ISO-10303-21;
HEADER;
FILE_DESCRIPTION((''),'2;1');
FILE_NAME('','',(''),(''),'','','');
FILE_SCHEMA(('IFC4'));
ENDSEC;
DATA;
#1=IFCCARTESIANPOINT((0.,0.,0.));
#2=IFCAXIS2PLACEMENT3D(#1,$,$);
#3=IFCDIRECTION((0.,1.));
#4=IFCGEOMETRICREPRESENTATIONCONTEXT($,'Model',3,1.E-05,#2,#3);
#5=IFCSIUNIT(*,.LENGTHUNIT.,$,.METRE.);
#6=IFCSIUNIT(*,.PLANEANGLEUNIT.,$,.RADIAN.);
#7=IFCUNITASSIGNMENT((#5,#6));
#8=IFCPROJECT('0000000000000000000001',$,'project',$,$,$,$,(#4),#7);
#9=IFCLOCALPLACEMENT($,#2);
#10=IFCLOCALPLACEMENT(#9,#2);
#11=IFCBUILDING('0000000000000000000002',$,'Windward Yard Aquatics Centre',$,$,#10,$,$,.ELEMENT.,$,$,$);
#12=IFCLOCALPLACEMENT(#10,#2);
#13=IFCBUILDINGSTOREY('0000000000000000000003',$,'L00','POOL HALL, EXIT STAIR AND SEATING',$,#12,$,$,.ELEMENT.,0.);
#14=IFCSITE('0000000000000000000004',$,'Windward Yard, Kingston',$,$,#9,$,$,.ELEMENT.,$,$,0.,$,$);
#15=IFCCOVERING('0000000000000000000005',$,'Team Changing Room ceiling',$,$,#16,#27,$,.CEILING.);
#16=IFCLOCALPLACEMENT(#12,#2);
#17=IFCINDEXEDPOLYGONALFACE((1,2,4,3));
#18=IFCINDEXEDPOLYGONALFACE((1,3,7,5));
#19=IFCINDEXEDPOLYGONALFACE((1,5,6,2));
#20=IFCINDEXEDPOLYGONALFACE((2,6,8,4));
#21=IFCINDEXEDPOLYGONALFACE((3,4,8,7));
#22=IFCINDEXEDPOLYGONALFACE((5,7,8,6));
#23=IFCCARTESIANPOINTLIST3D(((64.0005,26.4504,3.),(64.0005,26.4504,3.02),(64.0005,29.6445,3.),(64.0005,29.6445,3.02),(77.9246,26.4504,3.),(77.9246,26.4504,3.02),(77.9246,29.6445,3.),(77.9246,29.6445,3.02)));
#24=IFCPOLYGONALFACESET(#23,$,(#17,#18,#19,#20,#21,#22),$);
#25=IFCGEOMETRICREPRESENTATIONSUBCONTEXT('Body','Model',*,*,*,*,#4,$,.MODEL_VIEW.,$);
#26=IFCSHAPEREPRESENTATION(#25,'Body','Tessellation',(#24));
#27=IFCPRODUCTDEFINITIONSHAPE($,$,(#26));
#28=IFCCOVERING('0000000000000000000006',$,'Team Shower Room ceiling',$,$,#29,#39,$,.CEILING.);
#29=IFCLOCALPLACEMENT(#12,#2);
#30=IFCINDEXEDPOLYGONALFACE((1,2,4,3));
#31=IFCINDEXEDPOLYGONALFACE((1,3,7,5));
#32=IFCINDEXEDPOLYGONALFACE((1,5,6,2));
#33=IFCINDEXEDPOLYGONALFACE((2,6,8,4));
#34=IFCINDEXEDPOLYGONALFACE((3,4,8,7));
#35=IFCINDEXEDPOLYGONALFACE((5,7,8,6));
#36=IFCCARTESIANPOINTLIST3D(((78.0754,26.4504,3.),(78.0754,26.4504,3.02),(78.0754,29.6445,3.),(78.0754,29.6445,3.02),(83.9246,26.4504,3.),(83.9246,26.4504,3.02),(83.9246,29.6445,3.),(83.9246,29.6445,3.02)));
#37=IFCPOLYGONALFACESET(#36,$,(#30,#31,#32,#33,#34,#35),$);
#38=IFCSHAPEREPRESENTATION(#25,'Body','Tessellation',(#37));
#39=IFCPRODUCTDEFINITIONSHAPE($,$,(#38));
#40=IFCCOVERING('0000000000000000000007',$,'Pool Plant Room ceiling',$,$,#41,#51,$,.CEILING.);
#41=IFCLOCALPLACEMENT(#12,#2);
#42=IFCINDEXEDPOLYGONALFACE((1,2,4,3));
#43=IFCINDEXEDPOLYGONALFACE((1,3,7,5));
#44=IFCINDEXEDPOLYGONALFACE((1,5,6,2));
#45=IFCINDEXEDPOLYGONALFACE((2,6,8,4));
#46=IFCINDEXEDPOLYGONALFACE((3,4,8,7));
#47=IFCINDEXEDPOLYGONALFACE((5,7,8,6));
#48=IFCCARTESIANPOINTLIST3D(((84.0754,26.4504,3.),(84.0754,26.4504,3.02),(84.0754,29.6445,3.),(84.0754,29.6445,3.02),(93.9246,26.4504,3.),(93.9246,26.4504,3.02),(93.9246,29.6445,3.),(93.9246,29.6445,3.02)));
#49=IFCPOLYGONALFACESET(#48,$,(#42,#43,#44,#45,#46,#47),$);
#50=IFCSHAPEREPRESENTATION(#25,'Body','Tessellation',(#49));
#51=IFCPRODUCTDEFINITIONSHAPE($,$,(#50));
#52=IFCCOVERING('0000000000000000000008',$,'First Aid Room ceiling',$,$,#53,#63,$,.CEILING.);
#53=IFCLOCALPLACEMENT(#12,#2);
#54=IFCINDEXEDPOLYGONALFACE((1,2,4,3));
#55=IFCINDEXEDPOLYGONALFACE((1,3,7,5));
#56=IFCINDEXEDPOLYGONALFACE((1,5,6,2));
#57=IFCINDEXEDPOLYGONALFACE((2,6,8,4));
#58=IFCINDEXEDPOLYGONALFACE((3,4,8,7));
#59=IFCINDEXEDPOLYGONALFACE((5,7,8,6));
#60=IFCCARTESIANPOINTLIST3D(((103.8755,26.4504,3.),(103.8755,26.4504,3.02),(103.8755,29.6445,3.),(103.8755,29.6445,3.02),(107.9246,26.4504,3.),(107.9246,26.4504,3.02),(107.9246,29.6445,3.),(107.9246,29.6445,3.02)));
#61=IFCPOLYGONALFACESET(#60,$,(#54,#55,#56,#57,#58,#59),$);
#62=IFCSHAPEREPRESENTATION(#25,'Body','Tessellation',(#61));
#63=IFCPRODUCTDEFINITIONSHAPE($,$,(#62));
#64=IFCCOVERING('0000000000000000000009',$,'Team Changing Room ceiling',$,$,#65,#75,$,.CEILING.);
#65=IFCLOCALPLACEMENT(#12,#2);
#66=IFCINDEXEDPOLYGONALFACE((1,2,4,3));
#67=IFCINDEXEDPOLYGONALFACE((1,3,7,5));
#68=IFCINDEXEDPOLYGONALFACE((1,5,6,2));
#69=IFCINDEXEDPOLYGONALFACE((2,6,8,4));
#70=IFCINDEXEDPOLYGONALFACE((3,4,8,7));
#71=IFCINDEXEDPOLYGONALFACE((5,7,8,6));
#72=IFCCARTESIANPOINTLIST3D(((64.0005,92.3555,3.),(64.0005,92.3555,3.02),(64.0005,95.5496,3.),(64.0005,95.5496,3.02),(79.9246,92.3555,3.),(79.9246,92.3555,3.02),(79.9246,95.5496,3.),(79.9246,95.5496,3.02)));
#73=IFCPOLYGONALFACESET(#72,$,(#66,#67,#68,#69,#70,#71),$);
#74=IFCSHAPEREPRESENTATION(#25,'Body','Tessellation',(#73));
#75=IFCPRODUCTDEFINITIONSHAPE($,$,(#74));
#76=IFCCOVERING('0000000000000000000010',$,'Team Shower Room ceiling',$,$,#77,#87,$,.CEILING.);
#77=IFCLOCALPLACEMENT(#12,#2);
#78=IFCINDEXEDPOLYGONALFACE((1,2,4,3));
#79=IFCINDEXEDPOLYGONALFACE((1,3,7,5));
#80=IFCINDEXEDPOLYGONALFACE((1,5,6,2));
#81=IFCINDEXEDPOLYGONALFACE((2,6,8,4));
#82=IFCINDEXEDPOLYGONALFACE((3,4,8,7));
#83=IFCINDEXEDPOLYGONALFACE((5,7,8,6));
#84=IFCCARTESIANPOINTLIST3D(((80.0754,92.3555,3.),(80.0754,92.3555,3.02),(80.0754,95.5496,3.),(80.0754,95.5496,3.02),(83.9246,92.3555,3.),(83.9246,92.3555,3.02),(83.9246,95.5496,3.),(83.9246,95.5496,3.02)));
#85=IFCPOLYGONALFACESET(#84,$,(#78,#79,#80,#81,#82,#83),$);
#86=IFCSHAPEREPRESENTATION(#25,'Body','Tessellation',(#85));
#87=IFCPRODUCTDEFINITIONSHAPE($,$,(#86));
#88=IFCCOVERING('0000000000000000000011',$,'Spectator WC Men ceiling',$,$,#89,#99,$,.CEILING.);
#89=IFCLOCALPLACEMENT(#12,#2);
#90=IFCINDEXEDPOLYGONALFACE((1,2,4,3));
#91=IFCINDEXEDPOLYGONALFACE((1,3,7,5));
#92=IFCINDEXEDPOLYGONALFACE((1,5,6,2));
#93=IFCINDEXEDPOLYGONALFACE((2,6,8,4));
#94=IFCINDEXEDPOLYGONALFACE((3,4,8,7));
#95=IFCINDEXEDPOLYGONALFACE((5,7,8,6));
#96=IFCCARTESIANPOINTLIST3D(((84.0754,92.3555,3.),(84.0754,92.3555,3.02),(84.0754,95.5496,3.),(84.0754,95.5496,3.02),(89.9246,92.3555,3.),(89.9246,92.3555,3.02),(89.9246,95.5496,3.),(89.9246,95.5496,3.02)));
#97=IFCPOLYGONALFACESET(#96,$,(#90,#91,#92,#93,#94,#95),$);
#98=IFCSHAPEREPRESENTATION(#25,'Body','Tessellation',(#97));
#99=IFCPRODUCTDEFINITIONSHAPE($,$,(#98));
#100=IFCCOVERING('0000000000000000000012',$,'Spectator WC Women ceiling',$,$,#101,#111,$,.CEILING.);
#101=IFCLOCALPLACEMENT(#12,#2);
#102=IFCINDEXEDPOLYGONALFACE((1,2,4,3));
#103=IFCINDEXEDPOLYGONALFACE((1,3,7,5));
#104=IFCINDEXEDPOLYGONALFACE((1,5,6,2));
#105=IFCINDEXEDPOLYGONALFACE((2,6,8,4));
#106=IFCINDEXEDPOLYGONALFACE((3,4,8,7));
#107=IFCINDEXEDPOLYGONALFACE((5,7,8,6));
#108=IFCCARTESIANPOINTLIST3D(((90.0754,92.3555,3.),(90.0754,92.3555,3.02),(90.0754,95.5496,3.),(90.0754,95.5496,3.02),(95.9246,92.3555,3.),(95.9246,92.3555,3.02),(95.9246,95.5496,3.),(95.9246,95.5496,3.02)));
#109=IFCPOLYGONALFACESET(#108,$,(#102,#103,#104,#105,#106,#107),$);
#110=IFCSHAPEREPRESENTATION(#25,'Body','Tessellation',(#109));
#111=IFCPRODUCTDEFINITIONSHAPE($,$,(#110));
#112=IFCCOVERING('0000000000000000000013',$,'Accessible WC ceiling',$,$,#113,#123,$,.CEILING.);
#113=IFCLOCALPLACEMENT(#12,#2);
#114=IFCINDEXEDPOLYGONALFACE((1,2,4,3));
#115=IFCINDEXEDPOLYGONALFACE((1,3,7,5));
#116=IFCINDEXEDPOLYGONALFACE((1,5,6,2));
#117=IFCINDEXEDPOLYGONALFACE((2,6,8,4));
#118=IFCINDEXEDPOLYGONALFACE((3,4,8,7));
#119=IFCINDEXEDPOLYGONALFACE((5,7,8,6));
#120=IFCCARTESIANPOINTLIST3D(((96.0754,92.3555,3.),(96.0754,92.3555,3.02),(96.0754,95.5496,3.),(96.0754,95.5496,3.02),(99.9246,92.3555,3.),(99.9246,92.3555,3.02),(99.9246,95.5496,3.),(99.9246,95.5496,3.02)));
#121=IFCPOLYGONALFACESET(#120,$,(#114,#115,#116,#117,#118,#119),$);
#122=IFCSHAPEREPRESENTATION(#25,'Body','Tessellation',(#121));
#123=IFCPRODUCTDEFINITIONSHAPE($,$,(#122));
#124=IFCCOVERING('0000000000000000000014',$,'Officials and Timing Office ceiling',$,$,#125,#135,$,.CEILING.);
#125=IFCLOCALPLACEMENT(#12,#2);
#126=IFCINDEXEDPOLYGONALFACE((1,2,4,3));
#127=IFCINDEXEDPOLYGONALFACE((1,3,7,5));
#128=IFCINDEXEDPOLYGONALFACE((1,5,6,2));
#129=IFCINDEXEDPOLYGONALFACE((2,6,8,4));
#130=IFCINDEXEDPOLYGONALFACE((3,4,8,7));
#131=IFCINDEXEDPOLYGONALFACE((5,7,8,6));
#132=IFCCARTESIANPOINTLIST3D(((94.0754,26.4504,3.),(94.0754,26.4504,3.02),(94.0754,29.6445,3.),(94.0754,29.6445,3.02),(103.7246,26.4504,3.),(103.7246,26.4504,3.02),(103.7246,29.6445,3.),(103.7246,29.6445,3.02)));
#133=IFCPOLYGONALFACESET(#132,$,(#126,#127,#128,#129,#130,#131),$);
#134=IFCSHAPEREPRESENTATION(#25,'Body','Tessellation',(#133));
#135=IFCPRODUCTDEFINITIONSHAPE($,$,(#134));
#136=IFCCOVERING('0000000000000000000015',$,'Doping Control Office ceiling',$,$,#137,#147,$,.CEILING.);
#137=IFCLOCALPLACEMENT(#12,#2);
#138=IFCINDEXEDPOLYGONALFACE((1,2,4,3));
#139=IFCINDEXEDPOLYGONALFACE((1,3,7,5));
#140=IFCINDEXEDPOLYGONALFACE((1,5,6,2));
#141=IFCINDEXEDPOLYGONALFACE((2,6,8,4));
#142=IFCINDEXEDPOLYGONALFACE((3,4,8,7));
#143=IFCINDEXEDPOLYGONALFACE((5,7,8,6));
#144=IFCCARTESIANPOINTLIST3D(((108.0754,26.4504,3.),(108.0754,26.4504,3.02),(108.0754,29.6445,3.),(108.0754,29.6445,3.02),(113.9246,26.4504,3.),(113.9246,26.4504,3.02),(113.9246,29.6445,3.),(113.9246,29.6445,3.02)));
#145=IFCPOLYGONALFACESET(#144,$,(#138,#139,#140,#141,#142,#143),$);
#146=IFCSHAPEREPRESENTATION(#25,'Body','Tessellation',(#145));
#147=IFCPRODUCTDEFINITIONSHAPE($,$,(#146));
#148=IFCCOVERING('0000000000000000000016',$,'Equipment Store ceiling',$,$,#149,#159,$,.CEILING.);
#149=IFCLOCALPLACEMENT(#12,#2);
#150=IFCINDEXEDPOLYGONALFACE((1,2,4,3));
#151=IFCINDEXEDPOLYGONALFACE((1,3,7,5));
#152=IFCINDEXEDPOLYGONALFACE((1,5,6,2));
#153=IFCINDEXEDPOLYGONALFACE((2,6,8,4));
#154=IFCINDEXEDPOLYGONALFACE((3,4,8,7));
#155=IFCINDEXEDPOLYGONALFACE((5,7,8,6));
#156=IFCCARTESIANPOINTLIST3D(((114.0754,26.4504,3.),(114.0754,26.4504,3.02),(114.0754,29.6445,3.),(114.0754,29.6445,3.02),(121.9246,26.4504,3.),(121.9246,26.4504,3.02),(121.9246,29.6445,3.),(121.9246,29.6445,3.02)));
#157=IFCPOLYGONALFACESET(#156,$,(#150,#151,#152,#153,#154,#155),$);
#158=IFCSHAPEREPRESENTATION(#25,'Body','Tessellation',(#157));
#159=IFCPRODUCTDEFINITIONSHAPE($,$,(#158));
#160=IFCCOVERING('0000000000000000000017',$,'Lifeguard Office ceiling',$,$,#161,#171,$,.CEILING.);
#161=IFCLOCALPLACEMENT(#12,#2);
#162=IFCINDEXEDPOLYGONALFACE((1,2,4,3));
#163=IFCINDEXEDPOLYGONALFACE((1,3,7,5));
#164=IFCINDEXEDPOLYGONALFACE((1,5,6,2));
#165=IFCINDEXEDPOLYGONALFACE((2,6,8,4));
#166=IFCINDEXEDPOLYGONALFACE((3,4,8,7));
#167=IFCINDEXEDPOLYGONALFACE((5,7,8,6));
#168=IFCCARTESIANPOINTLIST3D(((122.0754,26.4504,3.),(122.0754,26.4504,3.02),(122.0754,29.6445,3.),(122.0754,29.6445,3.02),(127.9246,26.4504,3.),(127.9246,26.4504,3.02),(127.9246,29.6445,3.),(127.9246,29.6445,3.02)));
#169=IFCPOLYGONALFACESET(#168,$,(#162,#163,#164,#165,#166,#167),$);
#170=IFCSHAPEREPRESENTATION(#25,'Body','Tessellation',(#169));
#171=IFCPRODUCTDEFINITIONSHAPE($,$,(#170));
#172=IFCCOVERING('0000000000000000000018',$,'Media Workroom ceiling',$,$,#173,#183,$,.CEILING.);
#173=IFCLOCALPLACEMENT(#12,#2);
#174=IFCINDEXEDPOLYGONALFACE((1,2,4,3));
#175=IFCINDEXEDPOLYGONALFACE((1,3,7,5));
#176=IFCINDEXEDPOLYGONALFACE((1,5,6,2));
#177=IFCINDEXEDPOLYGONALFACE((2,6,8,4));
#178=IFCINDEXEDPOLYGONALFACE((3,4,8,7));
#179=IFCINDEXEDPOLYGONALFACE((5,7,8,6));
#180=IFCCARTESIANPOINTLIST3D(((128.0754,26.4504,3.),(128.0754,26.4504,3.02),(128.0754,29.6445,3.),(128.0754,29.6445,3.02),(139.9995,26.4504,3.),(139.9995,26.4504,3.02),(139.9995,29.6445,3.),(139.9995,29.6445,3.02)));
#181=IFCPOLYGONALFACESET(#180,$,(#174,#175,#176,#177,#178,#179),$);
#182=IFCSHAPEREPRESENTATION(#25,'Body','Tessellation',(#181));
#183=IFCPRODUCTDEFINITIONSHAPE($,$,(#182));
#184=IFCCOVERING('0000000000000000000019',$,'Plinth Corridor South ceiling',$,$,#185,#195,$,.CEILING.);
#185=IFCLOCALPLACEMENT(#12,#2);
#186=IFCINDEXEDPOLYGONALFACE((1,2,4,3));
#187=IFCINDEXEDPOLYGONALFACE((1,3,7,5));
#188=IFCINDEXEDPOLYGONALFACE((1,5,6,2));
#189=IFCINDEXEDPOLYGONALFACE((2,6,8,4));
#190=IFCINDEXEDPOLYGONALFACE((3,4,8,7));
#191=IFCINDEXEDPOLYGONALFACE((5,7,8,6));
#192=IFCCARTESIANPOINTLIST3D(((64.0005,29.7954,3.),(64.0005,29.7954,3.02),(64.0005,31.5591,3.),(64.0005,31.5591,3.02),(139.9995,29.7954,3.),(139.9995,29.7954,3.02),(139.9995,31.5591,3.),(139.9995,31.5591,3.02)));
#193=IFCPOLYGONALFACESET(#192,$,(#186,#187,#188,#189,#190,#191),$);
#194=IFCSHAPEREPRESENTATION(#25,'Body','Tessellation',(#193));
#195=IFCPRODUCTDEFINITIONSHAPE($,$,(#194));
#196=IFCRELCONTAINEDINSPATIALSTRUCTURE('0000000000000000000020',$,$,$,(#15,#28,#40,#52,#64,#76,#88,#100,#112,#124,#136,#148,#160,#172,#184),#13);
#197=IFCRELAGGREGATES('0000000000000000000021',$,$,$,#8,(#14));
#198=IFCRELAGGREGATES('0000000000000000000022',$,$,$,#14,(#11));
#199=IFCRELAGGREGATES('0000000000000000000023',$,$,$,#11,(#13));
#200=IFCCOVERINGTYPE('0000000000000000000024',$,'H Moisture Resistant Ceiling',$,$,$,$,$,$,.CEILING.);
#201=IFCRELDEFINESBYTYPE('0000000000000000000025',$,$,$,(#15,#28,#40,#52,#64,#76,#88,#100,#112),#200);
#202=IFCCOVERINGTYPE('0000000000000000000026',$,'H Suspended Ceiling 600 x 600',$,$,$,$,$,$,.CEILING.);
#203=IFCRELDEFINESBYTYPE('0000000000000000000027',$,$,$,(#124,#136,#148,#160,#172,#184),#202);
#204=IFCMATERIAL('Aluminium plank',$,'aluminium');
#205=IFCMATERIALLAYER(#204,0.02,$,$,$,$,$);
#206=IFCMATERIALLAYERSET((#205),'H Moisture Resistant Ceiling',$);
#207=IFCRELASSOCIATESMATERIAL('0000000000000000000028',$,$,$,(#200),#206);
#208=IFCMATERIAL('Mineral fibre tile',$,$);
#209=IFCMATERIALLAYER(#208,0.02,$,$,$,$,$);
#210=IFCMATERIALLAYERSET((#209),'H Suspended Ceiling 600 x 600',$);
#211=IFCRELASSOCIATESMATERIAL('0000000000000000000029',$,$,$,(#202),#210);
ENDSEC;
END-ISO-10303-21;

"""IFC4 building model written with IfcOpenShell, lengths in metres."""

from ifc_helpers import new_model, si_unit, direction, frame, origin, place, context, subcontext, project, spatial, polyline, outline, extrude, material, layer, layer_set, type_object, element, save


model = new_model("IFC4")

# Units and contexts
model_context = context("Model", 3, precision=1e-05, world=origin(), true_north=direction((0.0, 1.0)))
body_context = subcontext(model_context, "Body", "Model", "MODEL_VIEW")
ifc_project = project(units=[si_unit("LENGTHUNIT", "METRE"), si_unit("PLANEANGLEUNIT", "RADIAN")], contexts=[model_context])

# Site, building, storey
site_placement = place(None, origin())
site = spatial("IfcSite", under=ifc_project, at=site_placement, Name="Windward Yard, Kingston", CompositionType="ELEMENT", RefElevation=0.0)
building_placement = place(site_placement, origin())
building = spatial("IfcBuilding", under=site, at=building_placement, Name="Windward Yard Aquatics Centre", CompositionType="ELEMENT")
storey_placement = place(building_placement, origin())
storey = spatial("IfcBuildingStorey", under=building, at=storey_placement, Name="L00", Description="POOL HALL, EXIT STAIR AND SEATING", CompositionType="ELEMENT", Elevation=0.0)

# Coverings
ifc_material_1 = material(Name="Aluminium plank", Category="aluminium")
ifc_layer_1 = layer(ifc_material_1, 0.02)
ifc_layer_set_1 = layer_set([ifc_layer_1], Name="H Moisture Resistant Ceiling")
covering_type_1 = type_object("IfcCoveringType", Name="H Moisture Resistant Ceiling", PredefinedType="CEILING", material=ifc_layer_set_1)
covering_1_placement = place(storey_placement, frame((0.0, 0.0, 3.0)))
element("IfcCovering", 1, at=covering_1_placement, inside=storey, type_object=covering_type_1, Name="Team Changing Room ceiling", PredefinedType="CEILING", context=body_context, shape_type="SweptSolid", body=[
    extrude(outline(polyline([(64.0005, 26.4504), (64.0005, 29.6445), (77.9246, 29.6445), (77.9246, 26.4504), (64.0005, 26.4504)])), origin(), (0.0, 0.0, 1.0), 0.02),
])
covering_2_placement = place(storey_placement, frame((0.0, 0.0, 3.0)))
element("IfcCovering", 2, at=covering_2_placement, inside=storey, type_object=covering_type_1, Name="Team Shower Room ceiling", PredefinedType="CEILING", context=body_context, shape_type="SweptSolid", body=[
    extrude(outline(polyline([(78.0754, 26.4504), (78.0754, 29.6445), (83.9246, 29.6445), (83.9246, 26.4504), (78.0754, 26.4504)])), origin(), (0.0, 0.0, 1.0), 0.02),
])
covering_3_placement = place(storey_placement, frame((0.0, 0.0, 3.0)))
element("IfcCovering", 3, at=covering_3_placement, inside=storey, type_object=covering_type_1, Name="Pool Plant Room ceiling", PredefinedType="CEILING", context=body_context, shape_type="SweptSolid", body=[
    extrude(outline(polyline([(84.0754, 26.4504), (84.0754, 29.6445), (93.9246, 29.6445), (93.9246, 26.4504), (84.0754, 26.4504)])), origin(), (0.0, 0.0, 1.0), 0.02),
])
covering_4_placement = place(storey_placement, frame((0.0, 0.0, 3.0)))
element("IfcCovering", 4, at=covering_4_placement, inside=storey, type_object=covering_type_1, Name="First Aid Room ceiling", PredefinedType="CEILING", context=body_context, shape_type="SweptSolid", body=[
    extrude(outline(polyline([(103.8755, 26.4504), (103.8755, 29.6445), (107.9246, 29.6445), (107.9246, 26.4504), (103.8755, 26.4504)])), origin(), (0.0, 0.0, 1.0), 0.02),
])
covering_5_placement = place(storey_placement, frame((0.0, 0.0, 3.0)))
element("IfcCovering", 5, at=covering_5_placement, inside=storey, type_object=covering_type_1, Name="Team Changing Room ceiling", PredefinedType="CEILING", context=body_context, shape_type="SweptSolid", body=[
    extrude(outline(polyline([(64.0005, 92.3555), (64.0005, 95.5496), (79.9246, 95.5496), (79.9246, 92.3555), (64.0005, 92.3555)])), origin(), (0.0, 0.0, 1.0), 0.02),
])
covering_6_placement = place(storey_placement, frame((0.0, 0.0, 3.0)))
element("IfcCovering", 6, at=covering_6_placement, inside=storey, type_object=covering_type_1, Name="Team Shower Room ceiling", PredefinedType="CEILING", context=body_context, shape_type="SweptSolid", body=[
    extrude(outline(polyline([(80.0754, 92.3555), (80.0754, 95.5496), (83.9246, 95.5496), (83.9246, 92.3555), (80.0754, 92.3555)])), origin(), (0.0, 0.0, 1.0), 0.02),
])
covering_7_placement = place(storey_placement, frame((0.0, 0.0, 3.0)))
element("IfcCovering", 7, at=covering_7_placement, inside=storey, type_object=covering_type_1, Name="Spectator WC Men ceiling", PredefinedType="CEILING", context=body_context, shape_type="SweptSolid", body=[
    extrude(outline(polyline([(84.0754, 92.3555), (84.0754, 95.5496), (89.9246, 95.5496), (89.9246, 92.3555), (84.0754, 92.3555)])), origin(), (0.0, 0.0, 1.0), 0.02),
])
covering_8_placement = place(storey_placement, frame((0.0, 0.0, 3.0)))
element("IfcCovering", 8, at=covering_8_placement, inside=storey, type_object=covering_type_1, Name="Spectator WC Women ceiling", PredefinedType="CEILING", context=body_context, shape_type="SweptSolid", body=[
    extrude(outline(polyline([(90.0754, 92.3555), (90.0754, 95.5496), (95.9246, 95.5496), (95.9246, 92.3555), (90.0754, 92.3555)])), origin(), (0.0, 0.0, 1.0), 0.02),
])
covering_9_placement = place(storey_placement, frame((0.0, 0.0, 3.0)))
element("IfcCovering", 9, at=covering_9_placement, inside=storey, type_object=covering_type_1, Name="Accessible WC ceiling", PredefinedType="CEILING", context=body_context, shape_type="SweptSolid", body=[
    extrude(outline(polyline([(96.0754, 92.3555), (96.0754, 95.5496), (99.9246, 95.5496), (99.9246, 92.3555), (96.0754, 92.3555)])), origin(), (0.0, 0.0, 1.0), 0.02),
])
ifc_material_2 = material(Name="Mineral fibre tile")
ifc_layer_2 = layer(ifc_material_2, 0.02)
ifc_layer_set_2 = layer_set([ifc_layer_2], Name="H Suspended Ceiling 600 x 600")
covering_type_2 = type_object("IfcCoveringType", Name="H Suspended Ceiling 600 x 600", PredefinedType="CEILING", material=ifc_layer_set_2)
covering_10_placement = place(storey_placement, frame((0.0, 0.0, 3.0)))
element("IfcCovering", 10, at=covering_10_placement, inside=storey, type_object=covering_type_2, Name="Officials and Timing Office ceiling", PredefinedType="CEILING", context=body_context, shape_type="SweptSolid", body=[
    extrude(outline(polyline([(94.0754, 26.4504), (94.0754, 29.6445), (103.7246, 29.6445), (103.7246, 26.4504), (94.0754, 26.4504)])), origin(), (0.0, 0.0, 1.0), 0.02),
])
covering_11_placement = place(storey_placement, frame((0.0, 0.0, 3.0)))
element("IfcCovering", 11, at=covering_11_placement, inside=storey, type_object=covering_type_2, Name="Doping Control Office ceiling", PredefinedType="CEILING", context=body_context, shape_type="SweptSolid", body=[
    extrude(outline(polyline([(108.0754, 26.4504), (108.0754, 29.6445), (113.9246, 29.6445), (113.9246, 26.4504), (108.0754, 26.4504)])), origin(), (0.0, 0.0, 1.0), 0.02),
])
covering_12_placement = place(storey_placement, frame((0.0, 0.0, 3.0)))
element("IfcCovering", 12, at=covering_12_placement, inside=storey, type_object=covering_type_2, Name="Equipment Store ceiling", PredefinedType="CEILING", context=body_context, shape_type="SweptSolid", body=[
    extrude(outline(polyline([(114.0754, 26.4504), (114.0754, 29.6445), (121.9246, 29.6445), (121.9246, 26.4504), (114.0754, 26.4504)])), origin(), (0.0, 0.0, 1.0), 0.02),
])
covering_13_placement = place(storey_placement, frame((0.0, 0.0, 3.0)))
element("IfcCovering", 13, at=covering_13_placement, inside=storey, type_object=covering_type_2, Name="Lifeguard Office ceiling", PredefinedType="CEILING", context=body_context, shape_type="SweptSolid", body=[
    extrude(outline(polyline([(122.0754, 26.4504), (122.0754, 29.6445), (127.9246, 29.6445), (127.9246, 26.4504), (122.0754, 26.4504)])), origin(), (0.0, 0.0, 1.0), 0.02),
])
covering_14_placement = place(storey_placement, frame((0.0, 0.0, 3.0)))
element("IfcCovering", 14, at=covering_14_placement, inside=storey, type_object=covering_type_2, Name="Media Workroom ceiling", PredefinedType="CEILING", context=body_context, shape_type="SweptSolid", body=[
    extrude(outline(polyline([(128.0754, 26.4504), (128.0754, 29.6445), (139.9995, 29.6445), (139.9995, 26.4504), (128.0754, 26.4504)])), origin(), (0.0, 0.0, 1.0), 0.02),
])
covering_15_placement = place(storey_placement, frame((0.0, 0.0, 3.0)))
element("IfcCovering", 15, at=covering_15_placement, inside=storey, type_object=covering_type_2, Name="Plinth Corridor South ceiling", PredefinedType="CEILING", context=body_context, shape_type="SweptSolid", body=[
    extrude(outline(polyline([(64.0005, 29.7954), (64.0005, 31.5591), (139.9995, 31.5591), (139.9995, 29.7954), (64.0005, 29.7954)])), origin(), (0.0, 0.0, 1.0), 0.02),
])

save(model, "model.ifc")
